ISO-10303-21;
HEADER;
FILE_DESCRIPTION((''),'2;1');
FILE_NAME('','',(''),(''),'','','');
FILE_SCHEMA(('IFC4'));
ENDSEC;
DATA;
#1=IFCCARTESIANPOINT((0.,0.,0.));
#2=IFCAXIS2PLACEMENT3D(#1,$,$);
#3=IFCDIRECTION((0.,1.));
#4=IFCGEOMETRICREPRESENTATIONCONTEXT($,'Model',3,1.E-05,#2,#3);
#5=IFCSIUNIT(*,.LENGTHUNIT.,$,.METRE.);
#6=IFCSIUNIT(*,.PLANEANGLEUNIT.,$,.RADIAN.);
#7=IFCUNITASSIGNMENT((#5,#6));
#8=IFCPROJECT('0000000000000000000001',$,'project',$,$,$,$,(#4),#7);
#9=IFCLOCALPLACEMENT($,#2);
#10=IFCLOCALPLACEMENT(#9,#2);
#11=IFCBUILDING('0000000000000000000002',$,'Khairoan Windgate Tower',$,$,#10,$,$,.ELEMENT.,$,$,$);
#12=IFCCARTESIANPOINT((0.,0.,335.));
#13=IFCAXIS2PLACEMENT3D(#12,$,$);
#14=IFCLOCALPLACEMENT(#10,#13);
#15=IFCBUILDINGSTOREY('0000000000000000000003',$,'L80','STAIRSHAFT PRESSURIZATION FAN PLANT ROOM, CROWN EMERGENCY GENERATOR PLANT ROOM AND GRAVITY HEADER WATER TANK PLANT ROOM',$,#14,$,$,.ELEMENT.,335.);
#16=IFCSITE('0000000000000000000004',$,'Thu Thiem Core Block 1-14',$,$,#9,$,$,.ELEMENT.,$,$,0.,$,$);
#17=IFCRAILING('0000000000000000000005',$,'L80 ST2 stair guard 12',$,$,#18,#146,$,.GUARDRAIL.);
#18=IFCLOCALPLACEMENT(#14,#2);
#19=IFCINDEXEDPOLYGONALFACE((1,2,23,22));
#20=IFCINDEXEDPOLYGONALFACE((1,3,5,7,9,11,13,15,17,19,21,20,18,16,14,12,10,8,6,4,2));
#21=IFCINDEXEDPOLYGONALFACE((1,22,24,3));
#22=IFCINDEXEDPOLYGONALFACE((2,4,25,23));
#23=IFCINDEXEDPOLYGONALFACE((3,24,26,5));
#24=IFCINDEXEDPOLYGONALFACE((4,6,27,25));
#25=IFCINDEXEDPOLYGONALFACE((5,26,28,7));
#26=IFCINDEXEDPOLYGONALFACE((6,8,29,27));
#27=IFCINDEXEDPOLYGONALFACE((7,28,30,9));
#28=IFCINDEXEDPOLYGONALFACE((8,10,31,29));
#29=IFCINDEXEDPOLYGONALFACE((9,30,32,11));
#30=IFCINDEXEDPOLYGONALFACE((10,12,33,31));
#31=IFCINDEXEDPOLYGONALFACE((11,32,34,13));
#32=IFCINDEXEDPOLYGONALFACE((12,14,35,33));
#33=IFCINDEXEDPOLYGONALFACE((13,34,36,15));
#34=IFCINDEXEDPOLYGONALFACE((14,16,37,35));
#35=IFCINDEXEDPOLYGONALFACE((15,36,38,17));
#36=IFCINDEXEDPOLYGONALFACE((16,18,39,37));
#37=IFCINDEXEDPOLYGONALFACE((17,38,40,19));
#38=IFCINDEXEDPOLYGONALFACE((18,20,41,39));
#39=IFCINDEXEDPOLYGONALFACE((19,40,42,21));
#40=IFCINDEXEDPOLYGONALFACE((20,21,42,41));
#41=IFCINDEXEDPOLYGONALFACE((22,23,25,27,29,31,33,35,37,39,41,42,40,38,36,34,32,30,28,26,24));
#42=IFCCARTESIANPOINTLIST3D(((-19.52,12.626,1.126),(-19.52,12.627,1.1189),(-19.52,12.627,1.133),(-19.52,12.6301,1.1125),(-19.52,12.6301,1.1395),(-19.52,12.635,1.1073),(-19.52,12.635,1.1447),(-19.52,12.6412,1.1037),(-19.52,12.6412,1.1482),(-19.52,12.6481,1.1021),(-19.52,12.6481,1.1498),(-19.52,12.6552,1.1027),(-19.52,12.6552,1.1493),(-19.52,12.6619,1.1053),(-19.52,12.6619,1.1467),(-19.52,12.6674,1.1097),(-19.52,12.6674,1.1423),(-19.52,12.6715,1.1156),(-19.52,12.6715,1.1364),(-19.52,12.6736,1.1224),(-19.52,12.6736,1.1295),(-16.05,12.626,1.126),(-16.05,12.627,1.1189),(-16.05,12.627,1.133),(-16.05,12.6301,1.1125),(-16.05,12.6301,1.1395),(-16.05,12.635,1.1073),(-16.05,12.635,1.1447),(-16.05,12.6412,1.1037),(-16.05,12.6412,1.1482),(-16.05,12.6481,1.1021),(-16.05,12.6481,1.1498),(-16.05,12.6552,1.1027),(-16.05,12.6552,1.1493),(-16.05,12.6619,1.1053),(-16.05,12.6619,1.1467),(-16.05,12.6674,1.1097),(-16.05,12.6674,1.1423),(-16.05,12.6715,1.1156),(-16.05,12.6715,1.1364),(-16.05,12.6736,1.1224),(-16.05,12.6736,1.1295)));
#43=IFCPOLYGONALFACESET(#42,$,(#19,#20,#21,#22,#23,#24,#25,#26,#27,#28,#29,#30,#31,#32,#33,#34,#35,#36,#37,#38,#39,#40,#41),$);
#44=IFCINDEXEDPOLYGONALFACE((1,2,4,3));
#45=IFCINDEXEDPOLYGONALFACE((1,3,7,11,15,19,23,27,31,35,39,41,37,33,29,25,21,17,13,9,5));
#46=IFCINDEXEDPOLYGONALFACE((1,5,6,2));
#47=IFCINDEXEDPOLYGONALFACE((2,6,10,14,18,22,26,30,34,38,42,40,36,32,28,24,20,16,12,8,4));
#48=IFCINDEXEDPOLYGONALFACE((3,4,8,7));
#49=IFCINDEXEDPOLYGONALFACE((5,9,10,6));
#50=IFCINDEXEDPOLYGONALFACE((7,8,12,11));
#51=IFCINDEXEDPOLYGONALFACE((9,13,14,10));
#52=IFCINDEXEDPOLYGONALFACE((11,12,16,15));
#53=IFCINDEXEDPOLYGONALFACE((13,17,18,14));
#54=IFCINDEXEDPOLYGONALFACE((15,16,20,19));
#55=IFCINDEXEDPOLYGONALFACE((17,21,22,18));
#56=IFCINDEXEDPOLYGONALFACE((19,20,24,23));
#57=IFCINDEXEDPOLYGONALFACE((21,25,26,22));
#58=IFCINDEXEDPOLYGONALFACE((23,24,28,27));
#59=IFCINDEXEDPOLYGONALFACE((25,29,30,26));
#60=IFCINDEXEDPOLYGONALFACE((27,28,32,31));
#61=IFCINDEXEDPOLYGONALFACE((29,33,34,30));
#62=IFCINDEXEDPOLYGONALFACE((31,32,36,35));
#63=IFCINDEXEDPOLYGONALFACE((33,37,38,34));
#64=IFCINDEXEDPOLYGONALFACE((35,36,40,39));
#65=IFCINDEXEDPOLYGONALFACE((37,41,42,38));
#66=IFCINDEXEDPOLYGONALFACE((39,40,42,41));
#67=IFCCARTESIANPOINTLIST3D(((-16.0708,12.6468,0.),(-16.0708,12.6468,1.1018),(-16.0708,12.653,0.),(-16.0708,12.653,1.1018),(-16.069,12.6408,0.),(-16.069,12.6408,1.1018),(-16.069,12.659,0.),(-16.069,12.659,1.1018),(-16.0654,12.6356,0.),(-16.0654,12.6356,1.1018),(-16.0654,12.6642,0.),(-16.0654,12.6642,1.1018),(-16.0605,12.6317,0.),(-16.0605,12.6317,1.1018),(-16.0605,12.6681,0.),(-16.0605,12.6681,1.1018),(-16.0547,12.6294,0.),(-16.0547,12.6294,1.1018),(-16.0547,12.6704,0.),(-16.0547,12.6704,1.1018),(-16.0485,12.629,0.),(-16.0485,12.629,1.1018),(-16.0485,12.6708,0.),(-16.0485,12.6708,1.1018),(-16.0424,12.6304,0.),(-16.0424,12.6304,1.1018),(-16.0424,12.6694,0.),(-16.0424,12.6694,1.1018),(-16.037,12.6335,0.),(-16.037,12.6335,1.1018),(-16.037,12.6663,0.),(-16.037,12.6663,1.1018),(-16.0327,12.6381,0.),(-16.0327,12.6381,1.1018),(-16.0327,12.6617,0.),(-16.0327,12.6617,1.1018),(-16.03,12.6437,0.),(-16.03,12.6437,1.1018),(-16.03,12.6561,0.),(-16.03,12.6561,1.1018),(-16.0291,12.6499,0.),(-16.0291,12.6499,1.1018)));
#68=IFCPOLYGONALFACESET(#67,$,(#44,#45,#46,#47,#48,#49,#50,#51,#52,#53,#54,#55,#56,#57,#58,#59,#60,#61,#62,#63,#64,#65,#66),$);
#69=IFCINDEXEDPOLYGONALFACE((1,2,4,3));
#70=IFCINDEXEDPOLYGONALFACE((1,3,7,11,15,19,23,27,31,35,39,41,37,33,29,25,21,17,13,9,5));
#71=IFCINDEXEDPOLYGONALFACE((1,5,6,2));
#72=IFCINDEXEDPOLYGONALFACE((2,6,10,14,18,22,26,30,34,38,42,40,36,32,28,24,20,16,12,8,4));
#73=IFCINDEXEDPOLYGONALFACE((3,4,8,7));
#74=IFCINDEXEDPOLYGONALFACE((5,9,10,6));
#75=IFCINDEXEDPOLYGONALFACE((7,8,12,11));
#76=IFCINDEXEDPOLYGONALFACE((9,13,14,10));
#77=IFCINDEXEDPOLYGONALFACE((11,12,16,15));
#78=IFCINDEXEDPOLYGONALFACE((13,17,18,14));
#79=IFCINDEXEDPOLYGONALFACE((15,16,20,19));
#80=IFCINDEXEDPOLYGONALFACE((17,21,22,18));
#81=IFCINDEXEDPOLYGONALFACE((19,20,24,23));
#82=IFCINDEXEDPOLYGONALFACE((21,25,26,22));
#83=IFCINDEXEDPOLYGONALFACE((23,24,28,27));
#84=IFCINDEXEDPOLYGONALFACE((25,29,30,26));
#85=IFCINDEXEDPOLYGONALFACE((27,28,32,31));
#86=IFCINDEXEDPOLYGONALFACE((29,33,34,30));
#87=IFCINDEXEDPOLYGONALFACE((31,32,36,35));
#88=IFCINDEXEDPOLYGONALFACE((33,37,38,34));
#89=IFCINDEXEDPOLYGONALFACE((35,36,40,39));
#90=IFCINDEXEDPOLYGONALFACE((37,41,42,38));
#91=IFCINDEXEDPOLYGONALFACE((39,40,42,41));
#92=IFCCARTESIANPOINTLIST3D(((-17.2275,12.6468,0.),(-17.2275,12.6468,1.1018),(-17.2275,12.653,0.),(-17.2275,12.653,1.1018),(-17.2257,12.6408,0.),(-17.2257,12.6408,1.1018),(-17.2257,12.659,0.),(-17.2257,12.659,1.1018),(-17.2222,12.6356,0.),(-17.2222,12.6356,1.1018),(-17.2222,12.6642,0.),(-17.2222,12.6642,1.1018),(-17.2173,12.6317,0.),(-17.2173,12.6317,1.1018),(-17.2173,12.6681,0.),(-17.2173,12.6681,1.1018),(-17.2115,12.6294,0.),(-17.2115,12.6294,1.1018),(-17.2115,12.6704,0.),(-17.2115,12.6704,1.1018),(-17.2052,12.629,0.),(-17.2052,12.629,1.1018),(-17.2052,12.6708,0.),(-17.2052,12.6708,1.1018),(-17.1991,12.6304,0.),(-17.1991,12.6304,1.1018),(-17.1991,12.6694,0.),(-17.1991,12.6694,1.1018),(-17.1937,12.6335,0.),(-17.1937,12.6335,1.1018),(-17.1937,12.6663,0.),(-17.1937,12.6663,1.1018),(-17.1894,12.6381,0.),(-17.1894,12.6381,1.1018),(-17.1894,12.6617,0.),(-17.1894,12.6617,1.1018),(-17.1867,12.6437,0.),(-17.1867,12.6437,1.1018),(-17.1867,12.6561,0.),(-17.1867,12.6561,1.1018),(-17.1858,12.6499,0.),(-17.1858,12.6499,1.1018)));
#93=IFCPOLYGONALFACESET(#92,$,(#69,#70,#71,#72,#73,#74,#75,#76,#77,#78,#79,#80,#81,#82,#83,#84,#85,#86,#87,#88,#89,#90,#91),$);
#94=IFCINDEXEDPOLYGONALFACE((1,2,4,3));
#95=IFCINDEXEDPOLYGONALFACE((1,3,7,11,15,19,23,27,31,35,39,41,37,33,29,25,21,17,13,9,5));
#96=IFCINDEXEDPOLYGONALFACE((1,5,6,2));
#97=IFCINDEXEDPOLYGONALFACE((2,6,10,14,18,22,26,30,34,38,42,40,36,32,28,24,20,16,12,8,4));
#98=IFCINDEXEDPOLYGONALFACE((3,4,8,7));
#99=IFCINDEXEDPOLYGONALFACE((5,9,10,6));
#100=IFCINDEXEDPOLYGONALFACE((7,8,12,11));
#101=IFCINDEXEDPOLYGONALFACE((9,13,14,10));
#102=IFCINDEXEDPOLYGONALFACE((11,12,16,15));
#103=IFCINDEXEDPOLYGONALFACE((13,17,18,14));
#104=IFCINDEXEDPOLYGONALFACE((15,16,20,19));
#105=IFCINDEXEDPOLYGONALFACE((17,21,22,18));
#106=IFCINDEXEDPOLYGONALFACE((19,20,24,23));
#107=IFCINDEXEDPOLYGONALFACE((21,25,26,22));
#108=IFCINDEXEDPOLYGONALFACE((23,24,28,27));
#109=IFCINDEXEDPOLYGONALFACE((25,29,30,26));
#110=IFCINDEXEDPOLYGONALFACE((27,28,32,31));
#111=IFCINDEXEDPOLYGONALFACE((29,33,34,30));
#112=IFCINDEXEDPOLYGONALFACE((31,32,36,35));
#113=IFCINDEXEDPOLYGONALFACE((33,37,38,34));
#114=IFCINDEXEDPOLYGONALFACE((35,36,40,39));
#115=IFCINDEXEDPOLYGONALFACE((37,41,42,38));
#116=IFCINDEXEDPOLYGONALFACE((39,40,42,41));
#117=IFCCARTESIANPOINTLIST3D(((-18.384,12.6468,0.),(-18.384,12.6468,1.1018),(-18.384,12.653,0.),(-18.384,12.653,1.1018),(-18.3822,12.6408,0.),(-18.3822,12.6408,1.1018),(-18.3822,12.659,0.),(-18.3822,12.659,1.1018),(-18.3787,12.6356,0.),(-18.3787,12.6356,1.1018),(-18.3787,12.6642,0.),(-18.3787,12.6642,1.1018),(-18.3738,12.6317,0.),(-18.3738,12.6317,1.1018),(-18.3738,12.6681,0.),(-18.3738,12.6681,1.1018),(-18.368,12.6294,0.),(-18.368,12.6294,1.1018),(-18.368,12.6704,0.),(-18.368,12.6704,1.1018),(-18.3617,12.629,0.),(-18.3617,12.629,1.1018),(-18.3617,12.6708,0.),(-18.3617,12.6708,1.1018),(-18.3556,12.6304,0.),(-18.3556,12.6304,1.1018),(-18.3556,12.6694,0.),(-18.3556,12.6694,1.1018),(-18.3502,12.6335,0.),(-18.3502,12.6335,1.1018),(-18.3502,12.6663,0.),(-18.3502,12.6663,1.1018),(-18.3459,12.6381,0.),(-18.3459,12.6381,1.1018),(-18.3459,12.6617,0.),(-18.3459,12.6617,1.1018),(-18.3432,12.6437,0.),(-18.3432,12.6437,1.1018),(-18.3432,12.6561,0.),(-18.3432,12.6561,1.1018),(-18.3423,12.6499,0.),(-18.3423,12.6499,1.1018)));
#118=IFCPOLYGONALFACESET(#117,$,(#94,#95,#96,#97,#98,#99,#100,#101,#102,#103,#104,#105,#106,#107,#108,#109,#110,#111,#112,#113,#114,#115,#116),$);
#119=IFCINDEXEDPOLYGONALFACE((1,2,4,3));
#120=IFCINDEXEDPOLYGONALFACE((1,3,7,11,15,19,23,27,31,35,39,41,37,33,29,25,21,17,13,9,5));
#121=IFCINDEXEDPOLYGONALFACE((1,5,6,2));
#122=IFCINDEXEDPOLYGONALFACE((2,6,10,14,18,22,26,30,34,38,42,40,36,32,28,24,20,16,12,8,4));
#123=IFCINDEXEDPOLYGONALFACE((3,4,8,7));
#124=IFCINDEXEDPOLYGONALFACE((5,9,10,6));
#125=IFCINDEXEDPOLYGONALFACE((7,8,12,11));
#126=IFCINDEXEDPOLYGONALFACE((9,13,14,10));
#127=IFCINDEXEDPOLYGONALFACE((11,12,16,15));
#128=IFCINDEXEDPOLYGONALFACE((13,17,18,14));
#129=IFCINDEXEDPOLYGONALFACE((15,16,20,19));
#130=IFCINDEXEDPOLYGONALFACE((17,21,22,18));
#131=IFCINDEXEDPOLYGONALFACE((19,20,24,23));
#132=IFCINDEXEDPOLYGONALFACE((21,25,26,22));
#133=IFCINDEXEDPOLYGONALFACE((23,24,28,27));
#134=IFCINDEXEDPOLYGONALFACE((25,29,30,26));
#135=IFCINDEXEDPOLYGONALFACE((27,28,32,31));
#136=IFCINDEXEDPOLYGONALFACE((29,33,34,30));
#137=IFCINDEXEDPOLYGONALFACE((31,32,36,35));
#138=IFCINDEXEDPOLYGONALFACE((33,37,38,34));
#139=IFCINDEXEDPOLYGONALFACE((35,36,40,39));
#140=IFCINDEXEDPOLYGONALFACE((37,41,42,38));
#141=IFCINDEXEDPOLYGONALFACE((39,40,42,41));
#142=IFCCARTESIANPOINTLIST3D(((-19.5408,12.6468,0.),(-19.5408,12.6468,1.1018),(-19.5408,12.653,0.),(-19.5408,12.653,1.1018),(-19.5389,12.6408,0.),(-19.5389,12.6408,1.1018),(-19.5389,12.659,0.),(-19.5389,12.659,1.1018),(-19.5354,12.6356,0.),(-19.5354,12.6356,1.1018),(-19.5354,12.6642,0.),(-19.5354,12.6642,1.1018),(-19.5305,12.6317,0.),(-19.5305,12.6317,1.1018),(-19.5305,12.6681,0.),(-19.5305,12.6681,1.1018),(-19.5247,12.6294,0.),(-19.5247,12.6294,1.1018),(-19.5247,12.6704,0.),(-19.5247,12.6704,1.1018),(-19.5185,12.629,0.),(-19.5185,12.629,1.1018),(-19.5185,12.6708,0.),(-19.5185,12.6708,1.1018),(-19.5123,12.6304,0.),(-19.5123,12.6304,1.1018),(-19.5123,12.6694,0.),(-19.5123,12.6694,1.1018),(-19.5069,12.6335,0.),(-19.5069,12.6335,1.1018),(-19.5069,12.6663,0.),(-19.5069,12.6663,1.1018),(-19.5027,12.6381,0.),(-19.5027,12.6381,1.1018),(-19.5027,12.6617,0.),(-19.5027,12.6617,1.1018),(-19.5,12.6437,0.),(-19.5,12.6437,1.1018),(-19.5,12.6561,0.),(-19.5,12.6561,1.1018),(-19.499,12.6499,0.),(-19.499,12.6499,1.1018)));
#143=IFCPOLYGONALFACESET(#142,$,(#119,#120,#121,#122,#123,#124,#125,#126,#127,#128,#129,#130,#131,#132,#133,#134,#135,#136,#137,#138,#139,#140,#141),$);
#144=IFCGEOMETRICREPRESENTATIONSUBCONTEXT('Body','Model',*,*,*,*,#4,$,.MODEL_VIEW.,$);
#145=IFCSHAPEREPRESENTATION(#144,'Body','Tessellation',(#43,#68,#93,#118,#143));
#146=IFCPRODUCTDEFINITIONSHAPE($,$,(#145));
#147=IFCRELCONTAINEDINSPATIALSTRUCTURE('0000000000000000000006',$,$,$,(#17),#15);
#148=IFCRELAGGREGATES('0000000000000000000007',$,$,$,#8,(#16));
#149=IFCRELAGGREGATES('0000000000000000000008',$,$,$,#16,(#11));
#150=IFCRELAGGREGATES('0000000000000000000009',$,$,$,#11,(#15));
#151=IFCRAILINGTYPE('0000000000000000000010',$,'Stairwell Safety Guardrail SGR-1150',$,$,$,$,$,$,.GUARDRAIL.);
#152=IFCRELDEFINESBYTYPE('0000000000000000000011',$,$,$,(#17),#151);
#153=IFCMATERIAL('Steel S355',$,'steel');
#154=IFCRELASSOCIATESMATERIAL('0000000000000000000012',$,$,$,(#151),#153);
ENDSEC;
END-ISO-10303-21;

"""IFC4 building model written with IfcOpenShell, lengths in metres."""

from ifc_helpers import new_model, si_unit, direction, frame, origin, origin_2d, place, context, subcontext, project, spatial, circle, extrude, material, type_object, element, save


model = new_model("IFC4")

# Units and contexts
model_context = context("Model", 3, precision=1e-05, world=origin(), true_north=direction((0.0, 1.0)))
body_context = subcontext(model_context, "Body", "Model", "MODEL_VIEW")
ifc_project = project(units=[si_unit("LENGTHUNIT", "METRE"), si_unit("PLANEANGLEUNIT", "RADIAN")], contexts=[model_context])

# Site, building, storey
site_placement = place(None, origin())
site = spatial("IfcSite", under=ifc_project, at=site_placement, Name="Thu Thiem Core Block 1-14", CompositionType="ELEMENT", RefElevation=0.0)
building_placement = place(site_placement, origin())
building = spatial("IfcBuilding", under=site, at=building_placement, Name="Khairoan Windgate Tower", CompositionType="ELEMENT")
storey_placement = place(building_placement, frame((0.0, 0.0, 335.0)))
storey = spatial("IfcBuildingStorey", under=building, at=storey_placement, Name="L80", Description="STAIRSHAFT PRESSURIZATION FAN PLANT ROOM, CROWN EMERGENCY GENERATOR PLANT ROOM AND GRAVITY HEADER WATER TANK PLANT ROOM", CompositionType="ELEMENT", Elevation=335.0)

# Railing
ifc_material_1 = material(Name="Steel S355", Category="steel")
railing_type = type_object("IfcRailingType", Name="Stairwell Safety Guardrail SGR-1150", PredefinedType="GUARDRAIL", material=ifc_material_1)
railing_1_placement = place(storey_placement, frame((-16.05, 12.6499, 0.0)))
element("IfcRailing", 1, at=railing_1_placement, inside=storey, type_object=railing_type, Name="L80 ST2 stair guard 12", PredefinedType="GUARDRAIL", context=body_context, shape_type="SweptSolid", body=[
    extrude(circle(Radius=0.0239, at=origin_2d()), frame((0.0, 0.0, 1.126), z_axis=(-1.0, 0.0, 0.0), x_axis=(0.0, -1.0, 0.0)), (0.0, 0.0, 1.0), 3.47),
    extrude(circle(Radius=0.021, at=origin_2d()), origin(), (0.0, 0.0, 1.0), 1.1018),
    extrude(circle(Radius=0.021, at=origin_2d()), frame((-1.1567, 0.0, 0.0)), (0.0, 0.0, 1.0), 1.1018),
    extrude(circle(Radius=0.021, at=origin_2d()), frame((-2.3132, 0.0, 0.0)), (0.0, 0.0, 1.0), 1.1018),
    extrude(circle(Radius=0.021, at=origin_2d()), frame((-3.47, 0.0, 0.0)), (0.0, 0.0, 1.0), 1.1018),
])

save(model, "model.ifc")
